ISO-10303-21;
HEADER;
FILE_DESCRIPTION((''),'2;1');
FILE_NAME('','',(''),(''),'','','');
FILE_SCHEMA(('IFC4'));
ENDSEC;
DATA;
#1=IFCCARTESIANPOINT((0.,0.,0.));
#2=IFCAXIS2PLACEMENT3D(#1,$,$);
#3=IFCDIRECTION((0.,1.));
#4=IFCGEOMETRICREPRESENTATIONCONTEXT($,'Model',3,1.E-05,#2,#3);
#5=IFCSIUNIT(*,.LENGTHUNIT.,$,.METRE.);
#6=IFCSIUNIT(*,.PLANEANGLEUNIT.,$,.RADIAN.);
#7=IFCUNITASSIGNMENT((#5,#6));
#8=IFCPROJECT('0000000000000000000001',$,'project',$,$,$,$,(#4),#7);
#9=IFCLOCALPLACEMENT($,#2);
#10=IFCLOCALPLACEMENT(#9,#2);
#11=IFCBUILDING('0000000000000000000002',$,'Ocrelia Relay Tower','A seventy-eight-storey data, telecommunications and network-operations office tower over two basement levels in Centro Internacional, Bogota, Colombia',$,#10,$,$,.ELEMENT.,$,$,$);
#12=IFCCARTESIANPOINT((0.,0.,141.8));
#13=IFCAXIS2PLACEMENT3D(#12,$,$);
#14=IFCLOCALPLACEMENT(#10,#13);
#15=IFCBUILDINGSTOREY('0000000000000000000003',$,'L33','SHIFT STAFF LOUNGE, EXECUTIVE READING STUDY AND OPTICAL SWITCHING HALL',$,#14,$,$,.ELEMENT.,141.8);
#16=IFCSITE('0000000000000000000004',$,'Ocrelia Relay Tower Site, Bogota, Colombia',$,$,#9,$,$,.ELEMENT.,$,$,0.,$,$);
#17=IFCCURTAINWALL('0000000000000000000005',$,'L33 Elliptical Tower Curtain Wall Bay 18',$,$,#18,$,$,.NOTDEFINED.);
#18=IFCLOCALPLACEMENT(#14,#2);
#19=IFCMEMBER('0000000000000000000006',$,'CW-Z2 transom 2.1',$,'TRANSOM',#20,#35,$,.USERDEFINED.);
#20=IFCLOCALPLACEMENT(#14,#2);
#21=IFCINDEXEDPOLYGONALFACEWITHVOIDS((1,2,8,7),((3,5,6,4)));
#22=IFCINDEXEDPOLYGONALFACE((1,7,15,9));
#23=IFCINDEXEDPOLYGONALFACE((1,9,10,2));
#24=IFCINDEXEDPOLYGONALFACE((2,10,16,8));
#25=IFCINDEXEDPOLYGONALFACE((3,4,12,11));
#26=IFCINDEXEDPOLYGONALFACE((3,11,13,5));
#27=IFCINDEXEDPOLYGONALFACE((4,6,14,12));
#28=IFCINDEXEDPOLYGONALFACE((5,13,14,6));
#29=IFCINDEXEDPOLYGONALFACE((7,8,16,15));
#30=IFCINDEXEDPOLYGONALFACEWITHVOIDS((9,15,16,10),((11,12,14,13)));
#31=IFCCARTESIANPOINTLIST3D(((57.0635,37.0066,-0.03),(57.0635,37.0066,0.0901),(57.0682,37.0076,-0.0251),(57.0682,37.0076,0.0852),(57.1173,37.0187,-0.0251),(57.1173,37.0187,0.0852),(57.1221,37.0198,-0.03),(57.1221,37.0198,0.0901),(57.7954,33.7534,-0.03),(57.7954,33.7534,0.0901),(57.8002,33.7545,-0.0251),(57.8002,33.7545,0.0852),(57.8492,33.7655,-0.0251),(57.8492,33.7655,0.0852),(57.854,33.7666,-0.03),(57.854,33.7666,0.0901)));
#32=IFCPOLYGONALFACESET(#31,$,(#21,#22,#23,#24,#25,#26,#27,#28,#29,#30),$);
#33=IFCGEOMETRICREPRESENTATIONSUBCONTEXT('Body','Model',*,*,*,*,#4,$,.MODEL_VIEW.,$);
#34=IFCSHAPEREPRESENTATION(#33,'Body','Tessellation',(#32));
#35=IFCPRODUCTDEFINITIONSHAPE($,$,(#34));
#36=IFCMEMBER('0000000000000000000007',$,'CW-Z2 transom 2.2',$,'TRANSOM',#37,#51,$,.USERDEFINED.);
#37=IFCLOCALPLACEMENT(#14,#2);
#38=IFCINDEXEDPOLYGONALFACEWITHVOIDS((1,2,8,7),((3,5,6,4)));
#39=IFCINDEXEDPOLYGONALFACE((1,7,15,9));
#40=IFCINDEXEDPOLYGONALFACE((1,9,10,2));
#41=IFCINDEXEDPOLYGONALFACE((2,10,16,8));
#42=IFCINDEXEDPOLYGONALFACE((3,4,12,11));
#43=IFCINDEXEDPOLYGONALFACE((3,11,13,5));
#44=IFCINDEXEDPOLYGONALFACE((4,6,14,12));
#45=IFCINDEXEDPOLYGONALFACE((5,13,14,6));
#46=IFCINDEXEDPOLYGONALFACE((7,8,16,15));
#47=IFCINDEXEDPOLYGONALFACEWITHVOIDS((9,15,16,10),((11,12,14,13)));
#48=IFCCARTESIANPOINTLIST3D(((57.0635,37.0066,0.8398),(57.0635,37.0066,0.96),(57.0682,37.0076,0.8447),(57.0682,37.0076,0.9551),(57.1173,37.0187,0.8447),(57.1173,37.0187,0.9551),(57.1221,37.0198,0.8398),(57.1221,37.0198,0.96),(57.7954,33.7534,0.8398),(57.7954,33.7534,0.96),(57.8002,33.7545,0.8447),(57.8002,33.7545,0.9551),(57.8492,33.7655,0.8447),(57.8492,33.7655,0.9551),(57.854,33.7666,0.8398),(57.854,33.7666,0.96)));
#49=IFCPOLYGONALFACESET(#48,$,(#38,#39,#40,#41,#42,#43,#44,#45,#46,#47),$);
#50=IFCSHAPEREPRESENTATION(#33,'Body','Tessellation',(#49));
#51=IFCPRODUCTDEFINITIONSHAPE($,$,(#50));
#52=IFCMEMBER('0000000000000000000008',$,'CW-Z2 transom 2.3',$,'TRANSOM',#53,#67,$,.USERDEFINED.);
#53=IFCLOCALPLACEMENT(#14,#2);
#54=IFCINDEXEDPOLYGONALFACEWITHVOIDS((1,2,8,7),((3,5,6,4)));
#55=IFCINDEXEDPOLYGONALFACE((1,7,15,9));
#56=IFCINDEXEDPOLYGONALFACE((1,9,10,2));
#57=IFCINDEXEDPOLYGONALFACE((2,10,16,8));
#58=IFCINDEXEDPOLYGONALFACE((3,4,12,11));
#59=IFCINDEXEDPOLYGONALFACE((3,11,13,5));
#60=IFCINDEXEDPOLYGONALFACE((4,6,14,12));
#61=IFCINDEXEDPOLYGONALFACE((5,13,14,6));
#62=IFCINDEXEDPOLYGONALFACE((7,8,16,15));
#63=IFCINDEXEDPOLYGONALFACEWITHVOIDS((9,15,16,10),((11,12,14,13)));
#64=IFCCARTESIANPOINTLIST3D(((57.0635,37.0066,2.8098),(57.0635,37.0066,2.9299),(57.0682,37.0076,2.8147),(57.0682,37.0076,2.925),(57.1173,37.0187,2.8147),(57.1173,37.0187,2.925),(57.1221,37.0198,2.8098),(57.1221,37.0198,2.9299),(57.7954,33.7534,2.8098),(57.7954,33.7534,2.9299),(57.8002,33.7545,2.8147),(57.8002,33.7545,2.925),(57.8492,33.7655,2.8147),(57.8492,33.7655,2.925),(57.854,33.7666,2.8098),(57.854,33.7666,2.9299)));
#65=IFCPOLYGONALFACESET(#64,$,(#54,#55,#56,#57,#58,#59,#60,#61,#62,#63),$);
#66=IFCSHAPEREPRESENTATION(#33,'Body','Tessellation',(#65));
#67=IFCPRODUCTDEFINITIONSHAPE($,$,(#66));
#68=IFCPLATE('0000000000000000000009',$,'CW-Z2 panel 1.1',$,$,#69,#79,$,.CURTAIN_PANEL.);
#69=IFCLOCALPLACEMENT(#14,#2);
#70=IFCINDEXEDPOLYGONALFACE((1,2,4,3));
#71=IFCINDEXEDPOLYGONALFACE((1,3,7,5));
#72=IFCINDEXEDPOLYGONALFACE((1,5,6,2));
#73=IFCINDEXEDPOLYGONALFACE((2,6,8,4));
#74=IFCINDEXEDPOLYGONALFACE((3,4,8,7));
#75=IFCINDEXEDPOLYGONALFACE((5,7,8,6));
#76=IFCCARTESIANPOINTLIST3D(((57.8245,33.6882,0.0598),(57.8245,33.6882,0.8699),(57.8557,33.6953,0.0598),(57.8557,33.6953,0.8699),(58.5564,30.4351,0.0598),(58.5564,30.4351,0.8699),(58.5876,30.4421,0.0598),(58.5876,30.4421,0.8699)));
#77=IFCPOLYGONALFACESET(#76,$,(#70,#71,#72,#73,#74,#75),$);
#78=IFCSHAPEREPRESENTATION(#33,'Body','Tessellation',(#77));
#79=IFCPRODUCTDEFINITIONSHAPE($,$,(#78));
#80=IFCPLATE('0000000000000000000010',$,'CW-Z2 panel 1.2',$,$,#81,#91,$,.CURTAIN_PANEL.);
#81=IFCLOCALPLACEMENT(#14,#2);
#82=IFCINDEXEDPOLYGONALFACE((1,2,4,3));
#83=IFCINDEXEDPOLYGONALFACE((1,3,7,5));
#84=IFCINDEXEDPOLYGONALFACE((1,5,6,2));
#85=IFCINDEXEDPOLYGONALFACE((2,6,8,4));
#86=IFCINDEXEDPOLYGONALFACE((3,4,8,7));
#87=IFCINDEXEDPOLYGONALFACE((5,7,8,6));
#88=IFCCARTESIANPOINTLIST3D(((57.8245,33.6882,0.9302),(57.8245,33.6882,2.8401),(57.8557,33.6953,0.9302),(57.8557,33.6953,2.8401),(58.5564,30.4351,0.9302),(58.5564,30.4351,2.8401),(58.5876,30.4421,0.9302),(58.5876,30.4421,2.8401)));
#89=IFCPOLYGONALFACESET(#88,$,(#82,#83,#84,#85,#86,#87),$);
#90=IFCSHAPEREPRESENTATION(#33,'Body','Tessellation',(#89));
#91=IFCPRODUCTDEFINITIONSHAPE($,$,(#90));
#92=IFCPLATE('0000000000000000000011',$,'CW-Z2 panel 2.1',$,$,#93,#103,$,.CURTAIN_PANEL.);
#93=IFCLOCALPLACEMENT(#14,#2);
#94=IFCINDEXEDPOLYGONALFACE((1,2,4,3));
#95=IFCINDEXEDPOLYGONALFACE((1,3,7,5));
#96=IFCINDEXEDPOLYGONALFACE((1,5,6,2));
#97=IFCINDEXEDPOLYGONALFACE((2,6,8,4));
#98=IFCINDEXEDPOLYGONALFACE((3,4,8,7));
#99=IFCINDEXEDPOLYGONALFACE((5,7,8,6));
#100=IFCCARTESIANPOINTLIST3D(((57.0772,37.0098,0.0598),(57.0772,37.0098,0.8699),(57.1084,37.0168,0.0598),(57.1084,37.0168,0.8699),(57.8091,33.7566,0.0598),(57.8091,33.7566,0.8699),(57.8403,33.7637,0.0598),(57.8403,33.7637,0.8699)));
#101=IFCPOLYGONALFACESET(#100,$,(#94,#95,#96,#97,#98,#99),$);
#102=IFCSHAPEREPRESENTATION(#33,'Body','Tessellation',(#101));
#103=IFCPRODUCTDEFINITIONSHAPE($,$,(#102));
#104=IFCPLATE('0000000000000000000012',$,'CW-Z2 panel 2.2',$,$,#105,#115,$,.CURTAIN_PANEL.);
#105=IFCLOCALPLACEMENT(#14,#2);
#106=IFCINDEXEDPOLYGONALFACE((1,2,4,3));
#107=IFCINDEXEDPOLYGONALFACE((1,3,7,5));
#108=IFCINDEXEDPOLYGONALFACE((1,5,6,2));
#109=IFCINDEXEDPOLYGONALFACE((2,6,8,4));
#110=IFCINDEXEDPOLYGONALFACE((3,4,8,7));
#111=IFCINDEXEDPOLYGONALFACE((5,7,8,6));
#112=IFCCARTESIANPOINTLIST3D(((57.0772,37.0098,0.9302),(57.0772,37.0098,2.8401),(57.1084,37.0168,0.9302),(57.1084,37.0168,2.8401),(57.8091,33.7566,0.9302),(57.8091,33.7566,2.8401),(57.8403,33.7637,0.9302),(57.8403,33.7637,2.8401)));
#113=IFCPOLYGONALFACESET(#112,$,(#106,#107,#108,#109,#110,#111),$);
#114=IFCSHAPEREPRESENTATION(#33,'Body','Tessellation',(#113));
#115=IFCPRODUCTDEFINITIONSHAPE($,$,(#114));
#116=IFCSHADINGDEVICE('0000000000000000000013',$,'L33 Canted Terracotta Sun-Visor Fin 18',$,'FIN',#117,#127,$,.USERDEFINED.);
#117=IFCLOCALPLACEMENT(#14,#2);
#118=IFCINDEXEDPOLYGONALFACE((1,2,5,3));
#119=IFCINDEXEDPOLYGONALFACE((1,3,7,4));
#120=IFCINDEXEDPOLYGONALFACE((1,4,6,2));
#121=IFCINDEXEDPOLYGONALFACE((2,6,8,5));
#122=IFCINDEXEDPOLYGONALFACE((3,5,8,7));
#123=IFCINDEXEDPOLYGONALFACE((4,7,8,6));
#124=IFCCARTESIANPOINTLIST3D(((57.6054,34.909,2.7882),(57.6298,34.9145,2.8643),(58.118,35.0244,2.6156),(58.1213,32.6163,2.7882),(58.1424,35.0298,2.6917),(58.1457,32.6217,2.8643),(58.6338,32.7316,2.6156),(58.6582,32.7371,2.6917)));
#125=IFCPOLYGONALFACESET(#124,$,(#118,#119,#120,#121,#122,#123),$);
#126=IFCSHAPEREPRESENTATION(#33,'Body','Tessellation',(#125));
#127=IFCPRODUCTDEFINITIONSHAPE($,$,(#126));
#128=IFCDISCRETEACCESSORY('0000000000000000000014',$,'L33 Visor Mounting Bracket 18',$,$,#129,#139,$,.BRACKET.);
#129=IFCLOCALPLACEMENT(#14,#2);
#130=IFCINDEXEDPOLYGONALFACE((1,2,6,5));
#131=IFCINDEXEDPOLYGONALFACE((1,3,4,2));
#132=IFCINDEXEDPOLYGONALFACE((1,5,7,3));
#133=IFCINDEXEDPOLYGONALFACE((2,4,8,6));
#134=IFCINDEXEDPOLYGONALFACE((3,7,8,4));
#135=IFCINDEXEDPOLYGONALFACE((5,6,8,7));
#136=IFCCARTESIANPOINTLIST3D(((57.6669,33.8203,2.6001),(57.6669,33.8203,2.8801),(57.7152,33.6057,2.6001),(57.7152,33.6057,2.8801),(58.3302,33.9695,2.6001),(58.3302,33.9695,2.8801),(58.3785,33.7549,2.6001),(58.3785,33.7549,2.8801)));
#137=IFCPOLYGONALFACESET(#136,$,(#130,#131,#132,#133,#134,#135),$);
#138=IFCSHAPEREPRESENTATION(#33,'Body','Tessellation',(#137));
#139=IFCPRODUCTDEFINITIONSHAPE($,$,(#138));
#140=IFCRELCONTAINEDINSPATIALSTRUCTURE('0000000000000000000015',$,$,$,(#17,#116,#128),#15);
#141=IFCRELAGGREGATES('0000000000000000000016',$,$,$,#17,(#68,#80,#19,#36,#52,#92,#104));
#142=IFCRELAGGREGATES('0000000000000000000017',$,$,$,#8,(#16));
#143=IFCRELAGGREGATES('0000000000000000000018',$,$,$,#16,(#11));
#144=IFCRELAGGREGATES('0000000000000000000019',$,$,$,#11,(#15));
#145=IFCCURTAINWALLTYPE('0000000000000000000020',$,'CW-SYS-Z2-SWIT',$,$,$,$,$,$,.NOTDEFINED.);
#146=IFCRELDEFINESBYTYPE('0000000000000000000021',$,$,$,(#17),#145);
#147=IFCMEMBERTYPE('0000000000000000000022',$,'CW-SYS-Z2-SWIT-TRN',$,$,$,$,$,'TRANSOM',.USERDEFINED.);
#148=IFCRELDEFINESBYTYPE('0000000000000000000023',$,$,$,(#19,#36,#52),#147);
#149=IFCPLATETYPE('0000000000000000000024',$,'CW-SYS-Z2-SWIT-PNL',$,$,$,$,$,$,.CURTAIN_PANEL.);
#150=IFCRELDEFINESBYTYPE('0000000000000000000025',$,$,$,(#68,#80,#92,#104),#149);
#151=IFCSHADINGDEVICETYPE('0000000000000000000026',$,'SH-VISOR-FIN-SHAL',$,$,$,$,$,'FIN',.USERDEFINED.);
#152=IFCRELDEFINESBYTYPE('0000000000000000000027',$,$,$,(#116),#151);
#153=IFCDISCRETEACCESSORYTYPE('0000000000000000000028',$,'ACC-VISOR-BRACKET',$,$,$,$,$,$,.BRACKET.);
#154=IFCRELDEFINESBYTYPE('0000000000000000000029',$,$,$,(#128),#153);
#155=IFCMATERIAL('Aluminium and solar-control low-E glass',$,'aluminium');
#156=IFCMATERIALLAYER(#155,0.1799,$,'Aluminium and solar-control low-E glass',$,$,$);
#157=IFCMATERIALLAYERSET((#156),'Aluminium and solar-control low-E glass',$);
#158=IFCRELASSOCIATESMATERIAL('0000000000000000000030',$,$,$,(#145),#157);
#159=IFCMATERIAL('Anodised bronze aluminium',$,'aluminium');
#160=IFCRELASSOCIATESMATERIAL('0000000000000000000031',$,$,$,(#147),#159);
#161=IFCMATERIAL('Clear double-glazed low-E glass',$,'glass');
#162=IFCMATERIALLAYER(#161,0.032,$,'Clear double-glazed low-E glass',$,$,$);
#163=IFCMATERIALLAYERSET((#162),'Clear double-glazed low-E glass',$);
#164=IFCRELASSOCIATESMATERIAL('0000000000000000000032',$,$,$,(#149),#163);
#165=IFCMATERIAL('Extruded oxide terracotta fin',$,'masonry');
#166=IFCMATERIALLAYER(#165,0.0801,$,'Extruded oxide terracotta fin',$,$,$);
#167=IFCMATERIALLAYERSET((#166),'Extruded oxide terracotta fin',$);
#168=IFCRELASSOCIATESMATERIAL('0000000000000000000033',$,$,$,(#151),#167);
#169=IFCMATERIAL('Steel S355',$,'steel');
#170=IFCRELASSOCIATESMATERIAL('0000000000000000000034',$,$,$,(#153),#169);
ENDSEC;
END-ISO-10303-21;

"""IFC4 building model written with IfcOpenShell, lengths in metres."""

from ifc_helpers import new_model, si_unit, direction, frame, origin, origin_2d, place, context, subcontext, project, spatial, rectangle, hollow_rectangle, extrude, material, layer, layer_set, material_profile, profile_set, type_object, element, aggregate, save


model = new_model("IFC4")

# Units and contexts
model_context = context("Model", 3, precision=1e-05, world=origin(), true_north=direction((0.0, 1.0)))
body_context = subcontext(model_context, "Body", "Model", "MODEL_VIEW")
ifc_project = project(units=[si_unit("LENGTHUNIT", "METRE"), si_unit("PLANEANGLEUNIT", "RADIAN")], contexts=[model_context])

# Site, building, storey
site_placement = place(None, origin())
site = spatial("IfcSite", under=ifc_project, at=site_placement, Name="Ocrelia Relay Tower Site, Bogota, Colombia", CompositionType="ELEMENT", RefElevation=0.0)
building_placement = place(site_placement, origin())
building = spatial("IfcBuilding", under=site, at=building_placement, Name="Ocrelia Relay Tower", Description="A seventy-eight-storey data, telecommunications and network-operations office tower over two basement levels in Centro Internacional, Bogota, Colombia", CompositionType="ELEMENT")
storey_placement = place(building_placement, frame((0.0, 0.0, 141.8)))
storey = spatial("IfcBuildingStorey", under=building, at=storey_placement, Name="L33", Description="SHIFT STAFF LOUNGE, EXECUTIVE READING STUDY AND OPTICAL SWITCHING HALL", CompositionType="ELEMENT", Elevation=141.8)

# Shared definitions
ifc_material_1 = material(Name="Steel S355", Category="steel")

# Curtain wall, members, plates
ifc_material_2 = material(Name="Aluminium and solar-control low-E glass", Category="aluminium")
ifc_layer_1 = layer(ifc_material_2, 0.1799, Name="Aluminium and solar-control low-E glass")
ifc_layer_set_1 = layer_set([ifc_layer_1], Name="Aluminium and solar-control low-E glass")
curtain_wall_type = type_object("IfcCurtainWallType", Name="CW-SYS-Z2-SWIT", PredefinedType="NOTDEFINED", material=ifc_layer_set_1)
curtain_wall_placement = place(storey_placement, origin())
curtain_wall = element("IfcCurtainWall", 1, at=curtain_wall_placement, inside=storey, type_object=curtain_wall_type, Name="L33 Elliptical Tower Curtain Wall Bay 18", PredefinedType="NOTDEFINED")
ifc_material_3 = material(Name="Anodised bronze aluminium", Category="aluminium")
ifc_material_profile_1 = material_profile(ifc_material_3, hollow_rectangle(XDim=0.0601, YDim=0.1201, WallThickness=0.0049, at=origin_2d()), Name="CW-TRN-120x60")
ifc_profile_set_1 = profile_set([ifc_material_profile_1], Name="Anodised bronze aluminium")
member_type_1 = type_object("IfcMemberType", Name="CW-SYS-Z2-SWIT-TRN", ElementType="TRANSOM", PredefinedType="USERDEFINED", material=ifc_profile_set_1)
member_1_placement = place(storey_placement, frame((57.8247, 33.76, 0.03), z_axis=(-0.219503, 0.975612, 0.0), x_axis=(-0.975612, -0.219503, 0.0)))
member_1 = element("IfcMember", 2, at=member_1_placement, type_object=member_type_1, Name="CW-Z2 transom 2.1", ObjectType="TRANSOM", PredefinedType="USERDEFINED", context=body_context, shape_type="SweptSolid", body=[
    extrude(hollow_rectangle(XDim=0.0601, YDim=0.1201, WallThickness=0.0049, at=origin_2d()), origin(), (0.0, 0.0, 1.0), 3.3345),
])
member_2_placement = place(storey_placement, frame((57.8247, 33.76, 0.8999), z_axis=(-0.219503, 0.975612, 0.0), x_axis=(-0.975612, -0.219503, 0.0)))
member_2 = element("IfcMember", 3, at=member_2_placement, type_object=member_type_1, Name="CW-Z2 transom 2.2", ObjectType="TRANSOM", PredefinedType="USERDEFINED", context=body_context, shape_type="SweptSolid", body=[
    extrude(hollow_rectangle(XDim=0.0601, YDim=0.1201, WallThickness=0.0049, at=origin_2d()), origin(), (0.0, 0.0, 1.0), 3.3345),
])
member_3_placement = place(storey_placement, frame((57.8247, 33.76, 2.8699), z_axis=(-0.219503, 0.975612, 0.0), x_axis=(-0.975612, -0.219503, 0.0)))
member_3 = element("IfcMember", 4, at=member_3_placement, type_object=member_type_1, Name="CW-Z2 transom 2.3", ObjectType="TRANSOM", PredefinedType="USERDEFINED", context=body_context, shape_type="SweptSolid", body=[
    extrude(hollow_rectangle(XDim=0.0601, YDim=0.1201, WallThickness=0.0049, at=origin_2d()), origin(), (0.0, 0.0, 1.0), 3.3345),
])
ifc_material_4 = material(Name="Clear double-glazed low-E glass", Category="glass")
ifc_layer_2 = layer(ifc_material_4, 0.032, Name="Clear double-glazed low-E glass")
ifc_layer_set_2 = layer_set([ifc_layer_2], Name="Clear double-glazed low-E glass")
plate_type = type_object("IfcPlateType", Name="CW-SYS-Z2-SWIT-PNL", PredefinedType="CURTAIN_PANEL", material=ifc_layer_set_2)
plate_1_placement = place(storey_placement, frame((58.2061, 32.0652, 0.0598), z_axis=(0.0, 0.0, 1.0), x_axis=(-0.219506, 0.975611, 0.0)))
plate_1 = element("IfcPlate", 5, at=plate_1_placement, type_object=plate_type, Name="CW-Z2 panel 1.1", PredefinedType="CURTAIN_PANEL", context=body_context, shape_type="SweptSolid", body=[
    extrude(rectangle(XDim=3.3345, YDim=0.032, at=origin_2d()), origin(), (0.0, 0.0, 1.0), 0.8101),
])
plate_2_placement = place(storey_placement, frame((58.2061, 32.0652, 0.9302), z_axis=(0.0, 0.0, 1.0), x_axis=(-0.219506, 0.975611, 0.0)))
plate_2 = element("IfcPlate", 6, at=plate_2_placement, type_object=plate_type, Name="CW-Z2 panel 1.2", PredefinedType="CURTAIN_PANEL", context=body_context, shape_type="SweptSolid", body=[
    extrude(rectangle(XDim=3.3345, YDim=0.032, at=origin_2d()), origin(), (0.0, 0.0, 1.0), 1.9099),
])
plate_3_placement = place(storey_placement, frame((57.4587, 35.3867, 0.0598), z_axis=(0.0, 0.0, 1.0), x_axis=(-0.219506, 0.975611, 0.0)))
plate_3 = element("IfcPlate", 7, at=plate_3_placement, type_object=plate_type, Name="CW-Z2 panel 2.1", PredefinedType="CURTAIN_PANEL", context=body_context, shape_type="SweptSolid", body=[
    extrude(rectangle(XDim=3.3345, YDim=0.032, at=origin_2d()), origin(), (0.0, 0.0, 1.0), 0.8101),
])
plate_4_placement = place(storey_placement, frame((57.4587, 35.3867, 0.9302), z_axis=(0.0, 0.0, 1.0), x_axis=(-0.219506, 0.975611, 0.0)))
plate_4 = element("IfcPlate", 8, at=plate_4_placement, type_object=plate_type, Name="CW-Z2 panel 2.2", PredefinedType="CURTAIN_PANEL", context=body_context, shape_type="SweptSolid", body=[
    extrude(rectangle(XDim=3.3345, YDim=0.032, at=origin_2d()), origin(), (0.0, 0.0, 1.0), 1.9099),
])
aggregate(curtain_wall, [plate_1, plate_2, member_1, member_2, member_3, plate_3, plate_4])

# Shading device
ifc_material_5 = material(Name="Extruded oxide terracotta fin", Category="masonry")
ifc_layer_3 = layer(ifc_material_5, 0.0801, Name="Extruded oxide terracotta fin")
ifc_layer_set_3 = layer_set([ifc_layer_3], Name="Extruded oxide terracotta fin")
shading_device_type = type_object("IfcShadingDeviceType", Name="SH-VISOR-FIN-SHAL", ElementType="FIN", PredefinedType="USERDEFINED", material=ifc_layer_set_3)
shading_device_placement = place(storey_placement, frame((58.1196, 33.8203, 2.7019), z_axis=(0.304394, 0.068487, 0.950081), x_axis=(-0.219506, 0.975611, 0.0)))
element("IfcShadingDevice", 9, at=shading_device_placement, inside=storey, type_object=shading_device_type, Name="L33 Canted Terracotta Sun-Visor Fin 18", ObjectType="FIN", PredefinedType="USERDEFINED", context=body_context, shape_type="SweptSolid", body=[
    extrude(rectangle(XDim=2.3501, YDim=0.553, at=origin_2d()), origin(), (0.0, 0.0, 1.0), 0.0801),
])

# Discrete accessory
discrete_accessory_type = type_object("IfcDiscreteAccessoryType", Name="ACC-VISOR-BRACKET", PredefinedType="BRACKET", material=ifc_material_1)
discrete_accessory_placement = place(storey_placement, frame((58.0227, 33.7876, 2.6001), z_axis=(0.0, 0.0, 1.0), x_axis=(-0.219506, 0.975611, 0.0)))
element("IfcDiscreteAccessory", 10, at=discrete_accessory_placement, inside=storey, type_object=discrete_accessory_type, Name="L33 Visor Mounting Bracket 18", PredefinedType="BRACKET", context=body_context, shape_type="SweptSolid", body=[
    extrude(rectangle(XDim=0.22, YDim=0.6799, at=origin_2d()), origin(), (0.0, 0.0, 1.0), 0.28),
])

save(model, "model.ifc")
